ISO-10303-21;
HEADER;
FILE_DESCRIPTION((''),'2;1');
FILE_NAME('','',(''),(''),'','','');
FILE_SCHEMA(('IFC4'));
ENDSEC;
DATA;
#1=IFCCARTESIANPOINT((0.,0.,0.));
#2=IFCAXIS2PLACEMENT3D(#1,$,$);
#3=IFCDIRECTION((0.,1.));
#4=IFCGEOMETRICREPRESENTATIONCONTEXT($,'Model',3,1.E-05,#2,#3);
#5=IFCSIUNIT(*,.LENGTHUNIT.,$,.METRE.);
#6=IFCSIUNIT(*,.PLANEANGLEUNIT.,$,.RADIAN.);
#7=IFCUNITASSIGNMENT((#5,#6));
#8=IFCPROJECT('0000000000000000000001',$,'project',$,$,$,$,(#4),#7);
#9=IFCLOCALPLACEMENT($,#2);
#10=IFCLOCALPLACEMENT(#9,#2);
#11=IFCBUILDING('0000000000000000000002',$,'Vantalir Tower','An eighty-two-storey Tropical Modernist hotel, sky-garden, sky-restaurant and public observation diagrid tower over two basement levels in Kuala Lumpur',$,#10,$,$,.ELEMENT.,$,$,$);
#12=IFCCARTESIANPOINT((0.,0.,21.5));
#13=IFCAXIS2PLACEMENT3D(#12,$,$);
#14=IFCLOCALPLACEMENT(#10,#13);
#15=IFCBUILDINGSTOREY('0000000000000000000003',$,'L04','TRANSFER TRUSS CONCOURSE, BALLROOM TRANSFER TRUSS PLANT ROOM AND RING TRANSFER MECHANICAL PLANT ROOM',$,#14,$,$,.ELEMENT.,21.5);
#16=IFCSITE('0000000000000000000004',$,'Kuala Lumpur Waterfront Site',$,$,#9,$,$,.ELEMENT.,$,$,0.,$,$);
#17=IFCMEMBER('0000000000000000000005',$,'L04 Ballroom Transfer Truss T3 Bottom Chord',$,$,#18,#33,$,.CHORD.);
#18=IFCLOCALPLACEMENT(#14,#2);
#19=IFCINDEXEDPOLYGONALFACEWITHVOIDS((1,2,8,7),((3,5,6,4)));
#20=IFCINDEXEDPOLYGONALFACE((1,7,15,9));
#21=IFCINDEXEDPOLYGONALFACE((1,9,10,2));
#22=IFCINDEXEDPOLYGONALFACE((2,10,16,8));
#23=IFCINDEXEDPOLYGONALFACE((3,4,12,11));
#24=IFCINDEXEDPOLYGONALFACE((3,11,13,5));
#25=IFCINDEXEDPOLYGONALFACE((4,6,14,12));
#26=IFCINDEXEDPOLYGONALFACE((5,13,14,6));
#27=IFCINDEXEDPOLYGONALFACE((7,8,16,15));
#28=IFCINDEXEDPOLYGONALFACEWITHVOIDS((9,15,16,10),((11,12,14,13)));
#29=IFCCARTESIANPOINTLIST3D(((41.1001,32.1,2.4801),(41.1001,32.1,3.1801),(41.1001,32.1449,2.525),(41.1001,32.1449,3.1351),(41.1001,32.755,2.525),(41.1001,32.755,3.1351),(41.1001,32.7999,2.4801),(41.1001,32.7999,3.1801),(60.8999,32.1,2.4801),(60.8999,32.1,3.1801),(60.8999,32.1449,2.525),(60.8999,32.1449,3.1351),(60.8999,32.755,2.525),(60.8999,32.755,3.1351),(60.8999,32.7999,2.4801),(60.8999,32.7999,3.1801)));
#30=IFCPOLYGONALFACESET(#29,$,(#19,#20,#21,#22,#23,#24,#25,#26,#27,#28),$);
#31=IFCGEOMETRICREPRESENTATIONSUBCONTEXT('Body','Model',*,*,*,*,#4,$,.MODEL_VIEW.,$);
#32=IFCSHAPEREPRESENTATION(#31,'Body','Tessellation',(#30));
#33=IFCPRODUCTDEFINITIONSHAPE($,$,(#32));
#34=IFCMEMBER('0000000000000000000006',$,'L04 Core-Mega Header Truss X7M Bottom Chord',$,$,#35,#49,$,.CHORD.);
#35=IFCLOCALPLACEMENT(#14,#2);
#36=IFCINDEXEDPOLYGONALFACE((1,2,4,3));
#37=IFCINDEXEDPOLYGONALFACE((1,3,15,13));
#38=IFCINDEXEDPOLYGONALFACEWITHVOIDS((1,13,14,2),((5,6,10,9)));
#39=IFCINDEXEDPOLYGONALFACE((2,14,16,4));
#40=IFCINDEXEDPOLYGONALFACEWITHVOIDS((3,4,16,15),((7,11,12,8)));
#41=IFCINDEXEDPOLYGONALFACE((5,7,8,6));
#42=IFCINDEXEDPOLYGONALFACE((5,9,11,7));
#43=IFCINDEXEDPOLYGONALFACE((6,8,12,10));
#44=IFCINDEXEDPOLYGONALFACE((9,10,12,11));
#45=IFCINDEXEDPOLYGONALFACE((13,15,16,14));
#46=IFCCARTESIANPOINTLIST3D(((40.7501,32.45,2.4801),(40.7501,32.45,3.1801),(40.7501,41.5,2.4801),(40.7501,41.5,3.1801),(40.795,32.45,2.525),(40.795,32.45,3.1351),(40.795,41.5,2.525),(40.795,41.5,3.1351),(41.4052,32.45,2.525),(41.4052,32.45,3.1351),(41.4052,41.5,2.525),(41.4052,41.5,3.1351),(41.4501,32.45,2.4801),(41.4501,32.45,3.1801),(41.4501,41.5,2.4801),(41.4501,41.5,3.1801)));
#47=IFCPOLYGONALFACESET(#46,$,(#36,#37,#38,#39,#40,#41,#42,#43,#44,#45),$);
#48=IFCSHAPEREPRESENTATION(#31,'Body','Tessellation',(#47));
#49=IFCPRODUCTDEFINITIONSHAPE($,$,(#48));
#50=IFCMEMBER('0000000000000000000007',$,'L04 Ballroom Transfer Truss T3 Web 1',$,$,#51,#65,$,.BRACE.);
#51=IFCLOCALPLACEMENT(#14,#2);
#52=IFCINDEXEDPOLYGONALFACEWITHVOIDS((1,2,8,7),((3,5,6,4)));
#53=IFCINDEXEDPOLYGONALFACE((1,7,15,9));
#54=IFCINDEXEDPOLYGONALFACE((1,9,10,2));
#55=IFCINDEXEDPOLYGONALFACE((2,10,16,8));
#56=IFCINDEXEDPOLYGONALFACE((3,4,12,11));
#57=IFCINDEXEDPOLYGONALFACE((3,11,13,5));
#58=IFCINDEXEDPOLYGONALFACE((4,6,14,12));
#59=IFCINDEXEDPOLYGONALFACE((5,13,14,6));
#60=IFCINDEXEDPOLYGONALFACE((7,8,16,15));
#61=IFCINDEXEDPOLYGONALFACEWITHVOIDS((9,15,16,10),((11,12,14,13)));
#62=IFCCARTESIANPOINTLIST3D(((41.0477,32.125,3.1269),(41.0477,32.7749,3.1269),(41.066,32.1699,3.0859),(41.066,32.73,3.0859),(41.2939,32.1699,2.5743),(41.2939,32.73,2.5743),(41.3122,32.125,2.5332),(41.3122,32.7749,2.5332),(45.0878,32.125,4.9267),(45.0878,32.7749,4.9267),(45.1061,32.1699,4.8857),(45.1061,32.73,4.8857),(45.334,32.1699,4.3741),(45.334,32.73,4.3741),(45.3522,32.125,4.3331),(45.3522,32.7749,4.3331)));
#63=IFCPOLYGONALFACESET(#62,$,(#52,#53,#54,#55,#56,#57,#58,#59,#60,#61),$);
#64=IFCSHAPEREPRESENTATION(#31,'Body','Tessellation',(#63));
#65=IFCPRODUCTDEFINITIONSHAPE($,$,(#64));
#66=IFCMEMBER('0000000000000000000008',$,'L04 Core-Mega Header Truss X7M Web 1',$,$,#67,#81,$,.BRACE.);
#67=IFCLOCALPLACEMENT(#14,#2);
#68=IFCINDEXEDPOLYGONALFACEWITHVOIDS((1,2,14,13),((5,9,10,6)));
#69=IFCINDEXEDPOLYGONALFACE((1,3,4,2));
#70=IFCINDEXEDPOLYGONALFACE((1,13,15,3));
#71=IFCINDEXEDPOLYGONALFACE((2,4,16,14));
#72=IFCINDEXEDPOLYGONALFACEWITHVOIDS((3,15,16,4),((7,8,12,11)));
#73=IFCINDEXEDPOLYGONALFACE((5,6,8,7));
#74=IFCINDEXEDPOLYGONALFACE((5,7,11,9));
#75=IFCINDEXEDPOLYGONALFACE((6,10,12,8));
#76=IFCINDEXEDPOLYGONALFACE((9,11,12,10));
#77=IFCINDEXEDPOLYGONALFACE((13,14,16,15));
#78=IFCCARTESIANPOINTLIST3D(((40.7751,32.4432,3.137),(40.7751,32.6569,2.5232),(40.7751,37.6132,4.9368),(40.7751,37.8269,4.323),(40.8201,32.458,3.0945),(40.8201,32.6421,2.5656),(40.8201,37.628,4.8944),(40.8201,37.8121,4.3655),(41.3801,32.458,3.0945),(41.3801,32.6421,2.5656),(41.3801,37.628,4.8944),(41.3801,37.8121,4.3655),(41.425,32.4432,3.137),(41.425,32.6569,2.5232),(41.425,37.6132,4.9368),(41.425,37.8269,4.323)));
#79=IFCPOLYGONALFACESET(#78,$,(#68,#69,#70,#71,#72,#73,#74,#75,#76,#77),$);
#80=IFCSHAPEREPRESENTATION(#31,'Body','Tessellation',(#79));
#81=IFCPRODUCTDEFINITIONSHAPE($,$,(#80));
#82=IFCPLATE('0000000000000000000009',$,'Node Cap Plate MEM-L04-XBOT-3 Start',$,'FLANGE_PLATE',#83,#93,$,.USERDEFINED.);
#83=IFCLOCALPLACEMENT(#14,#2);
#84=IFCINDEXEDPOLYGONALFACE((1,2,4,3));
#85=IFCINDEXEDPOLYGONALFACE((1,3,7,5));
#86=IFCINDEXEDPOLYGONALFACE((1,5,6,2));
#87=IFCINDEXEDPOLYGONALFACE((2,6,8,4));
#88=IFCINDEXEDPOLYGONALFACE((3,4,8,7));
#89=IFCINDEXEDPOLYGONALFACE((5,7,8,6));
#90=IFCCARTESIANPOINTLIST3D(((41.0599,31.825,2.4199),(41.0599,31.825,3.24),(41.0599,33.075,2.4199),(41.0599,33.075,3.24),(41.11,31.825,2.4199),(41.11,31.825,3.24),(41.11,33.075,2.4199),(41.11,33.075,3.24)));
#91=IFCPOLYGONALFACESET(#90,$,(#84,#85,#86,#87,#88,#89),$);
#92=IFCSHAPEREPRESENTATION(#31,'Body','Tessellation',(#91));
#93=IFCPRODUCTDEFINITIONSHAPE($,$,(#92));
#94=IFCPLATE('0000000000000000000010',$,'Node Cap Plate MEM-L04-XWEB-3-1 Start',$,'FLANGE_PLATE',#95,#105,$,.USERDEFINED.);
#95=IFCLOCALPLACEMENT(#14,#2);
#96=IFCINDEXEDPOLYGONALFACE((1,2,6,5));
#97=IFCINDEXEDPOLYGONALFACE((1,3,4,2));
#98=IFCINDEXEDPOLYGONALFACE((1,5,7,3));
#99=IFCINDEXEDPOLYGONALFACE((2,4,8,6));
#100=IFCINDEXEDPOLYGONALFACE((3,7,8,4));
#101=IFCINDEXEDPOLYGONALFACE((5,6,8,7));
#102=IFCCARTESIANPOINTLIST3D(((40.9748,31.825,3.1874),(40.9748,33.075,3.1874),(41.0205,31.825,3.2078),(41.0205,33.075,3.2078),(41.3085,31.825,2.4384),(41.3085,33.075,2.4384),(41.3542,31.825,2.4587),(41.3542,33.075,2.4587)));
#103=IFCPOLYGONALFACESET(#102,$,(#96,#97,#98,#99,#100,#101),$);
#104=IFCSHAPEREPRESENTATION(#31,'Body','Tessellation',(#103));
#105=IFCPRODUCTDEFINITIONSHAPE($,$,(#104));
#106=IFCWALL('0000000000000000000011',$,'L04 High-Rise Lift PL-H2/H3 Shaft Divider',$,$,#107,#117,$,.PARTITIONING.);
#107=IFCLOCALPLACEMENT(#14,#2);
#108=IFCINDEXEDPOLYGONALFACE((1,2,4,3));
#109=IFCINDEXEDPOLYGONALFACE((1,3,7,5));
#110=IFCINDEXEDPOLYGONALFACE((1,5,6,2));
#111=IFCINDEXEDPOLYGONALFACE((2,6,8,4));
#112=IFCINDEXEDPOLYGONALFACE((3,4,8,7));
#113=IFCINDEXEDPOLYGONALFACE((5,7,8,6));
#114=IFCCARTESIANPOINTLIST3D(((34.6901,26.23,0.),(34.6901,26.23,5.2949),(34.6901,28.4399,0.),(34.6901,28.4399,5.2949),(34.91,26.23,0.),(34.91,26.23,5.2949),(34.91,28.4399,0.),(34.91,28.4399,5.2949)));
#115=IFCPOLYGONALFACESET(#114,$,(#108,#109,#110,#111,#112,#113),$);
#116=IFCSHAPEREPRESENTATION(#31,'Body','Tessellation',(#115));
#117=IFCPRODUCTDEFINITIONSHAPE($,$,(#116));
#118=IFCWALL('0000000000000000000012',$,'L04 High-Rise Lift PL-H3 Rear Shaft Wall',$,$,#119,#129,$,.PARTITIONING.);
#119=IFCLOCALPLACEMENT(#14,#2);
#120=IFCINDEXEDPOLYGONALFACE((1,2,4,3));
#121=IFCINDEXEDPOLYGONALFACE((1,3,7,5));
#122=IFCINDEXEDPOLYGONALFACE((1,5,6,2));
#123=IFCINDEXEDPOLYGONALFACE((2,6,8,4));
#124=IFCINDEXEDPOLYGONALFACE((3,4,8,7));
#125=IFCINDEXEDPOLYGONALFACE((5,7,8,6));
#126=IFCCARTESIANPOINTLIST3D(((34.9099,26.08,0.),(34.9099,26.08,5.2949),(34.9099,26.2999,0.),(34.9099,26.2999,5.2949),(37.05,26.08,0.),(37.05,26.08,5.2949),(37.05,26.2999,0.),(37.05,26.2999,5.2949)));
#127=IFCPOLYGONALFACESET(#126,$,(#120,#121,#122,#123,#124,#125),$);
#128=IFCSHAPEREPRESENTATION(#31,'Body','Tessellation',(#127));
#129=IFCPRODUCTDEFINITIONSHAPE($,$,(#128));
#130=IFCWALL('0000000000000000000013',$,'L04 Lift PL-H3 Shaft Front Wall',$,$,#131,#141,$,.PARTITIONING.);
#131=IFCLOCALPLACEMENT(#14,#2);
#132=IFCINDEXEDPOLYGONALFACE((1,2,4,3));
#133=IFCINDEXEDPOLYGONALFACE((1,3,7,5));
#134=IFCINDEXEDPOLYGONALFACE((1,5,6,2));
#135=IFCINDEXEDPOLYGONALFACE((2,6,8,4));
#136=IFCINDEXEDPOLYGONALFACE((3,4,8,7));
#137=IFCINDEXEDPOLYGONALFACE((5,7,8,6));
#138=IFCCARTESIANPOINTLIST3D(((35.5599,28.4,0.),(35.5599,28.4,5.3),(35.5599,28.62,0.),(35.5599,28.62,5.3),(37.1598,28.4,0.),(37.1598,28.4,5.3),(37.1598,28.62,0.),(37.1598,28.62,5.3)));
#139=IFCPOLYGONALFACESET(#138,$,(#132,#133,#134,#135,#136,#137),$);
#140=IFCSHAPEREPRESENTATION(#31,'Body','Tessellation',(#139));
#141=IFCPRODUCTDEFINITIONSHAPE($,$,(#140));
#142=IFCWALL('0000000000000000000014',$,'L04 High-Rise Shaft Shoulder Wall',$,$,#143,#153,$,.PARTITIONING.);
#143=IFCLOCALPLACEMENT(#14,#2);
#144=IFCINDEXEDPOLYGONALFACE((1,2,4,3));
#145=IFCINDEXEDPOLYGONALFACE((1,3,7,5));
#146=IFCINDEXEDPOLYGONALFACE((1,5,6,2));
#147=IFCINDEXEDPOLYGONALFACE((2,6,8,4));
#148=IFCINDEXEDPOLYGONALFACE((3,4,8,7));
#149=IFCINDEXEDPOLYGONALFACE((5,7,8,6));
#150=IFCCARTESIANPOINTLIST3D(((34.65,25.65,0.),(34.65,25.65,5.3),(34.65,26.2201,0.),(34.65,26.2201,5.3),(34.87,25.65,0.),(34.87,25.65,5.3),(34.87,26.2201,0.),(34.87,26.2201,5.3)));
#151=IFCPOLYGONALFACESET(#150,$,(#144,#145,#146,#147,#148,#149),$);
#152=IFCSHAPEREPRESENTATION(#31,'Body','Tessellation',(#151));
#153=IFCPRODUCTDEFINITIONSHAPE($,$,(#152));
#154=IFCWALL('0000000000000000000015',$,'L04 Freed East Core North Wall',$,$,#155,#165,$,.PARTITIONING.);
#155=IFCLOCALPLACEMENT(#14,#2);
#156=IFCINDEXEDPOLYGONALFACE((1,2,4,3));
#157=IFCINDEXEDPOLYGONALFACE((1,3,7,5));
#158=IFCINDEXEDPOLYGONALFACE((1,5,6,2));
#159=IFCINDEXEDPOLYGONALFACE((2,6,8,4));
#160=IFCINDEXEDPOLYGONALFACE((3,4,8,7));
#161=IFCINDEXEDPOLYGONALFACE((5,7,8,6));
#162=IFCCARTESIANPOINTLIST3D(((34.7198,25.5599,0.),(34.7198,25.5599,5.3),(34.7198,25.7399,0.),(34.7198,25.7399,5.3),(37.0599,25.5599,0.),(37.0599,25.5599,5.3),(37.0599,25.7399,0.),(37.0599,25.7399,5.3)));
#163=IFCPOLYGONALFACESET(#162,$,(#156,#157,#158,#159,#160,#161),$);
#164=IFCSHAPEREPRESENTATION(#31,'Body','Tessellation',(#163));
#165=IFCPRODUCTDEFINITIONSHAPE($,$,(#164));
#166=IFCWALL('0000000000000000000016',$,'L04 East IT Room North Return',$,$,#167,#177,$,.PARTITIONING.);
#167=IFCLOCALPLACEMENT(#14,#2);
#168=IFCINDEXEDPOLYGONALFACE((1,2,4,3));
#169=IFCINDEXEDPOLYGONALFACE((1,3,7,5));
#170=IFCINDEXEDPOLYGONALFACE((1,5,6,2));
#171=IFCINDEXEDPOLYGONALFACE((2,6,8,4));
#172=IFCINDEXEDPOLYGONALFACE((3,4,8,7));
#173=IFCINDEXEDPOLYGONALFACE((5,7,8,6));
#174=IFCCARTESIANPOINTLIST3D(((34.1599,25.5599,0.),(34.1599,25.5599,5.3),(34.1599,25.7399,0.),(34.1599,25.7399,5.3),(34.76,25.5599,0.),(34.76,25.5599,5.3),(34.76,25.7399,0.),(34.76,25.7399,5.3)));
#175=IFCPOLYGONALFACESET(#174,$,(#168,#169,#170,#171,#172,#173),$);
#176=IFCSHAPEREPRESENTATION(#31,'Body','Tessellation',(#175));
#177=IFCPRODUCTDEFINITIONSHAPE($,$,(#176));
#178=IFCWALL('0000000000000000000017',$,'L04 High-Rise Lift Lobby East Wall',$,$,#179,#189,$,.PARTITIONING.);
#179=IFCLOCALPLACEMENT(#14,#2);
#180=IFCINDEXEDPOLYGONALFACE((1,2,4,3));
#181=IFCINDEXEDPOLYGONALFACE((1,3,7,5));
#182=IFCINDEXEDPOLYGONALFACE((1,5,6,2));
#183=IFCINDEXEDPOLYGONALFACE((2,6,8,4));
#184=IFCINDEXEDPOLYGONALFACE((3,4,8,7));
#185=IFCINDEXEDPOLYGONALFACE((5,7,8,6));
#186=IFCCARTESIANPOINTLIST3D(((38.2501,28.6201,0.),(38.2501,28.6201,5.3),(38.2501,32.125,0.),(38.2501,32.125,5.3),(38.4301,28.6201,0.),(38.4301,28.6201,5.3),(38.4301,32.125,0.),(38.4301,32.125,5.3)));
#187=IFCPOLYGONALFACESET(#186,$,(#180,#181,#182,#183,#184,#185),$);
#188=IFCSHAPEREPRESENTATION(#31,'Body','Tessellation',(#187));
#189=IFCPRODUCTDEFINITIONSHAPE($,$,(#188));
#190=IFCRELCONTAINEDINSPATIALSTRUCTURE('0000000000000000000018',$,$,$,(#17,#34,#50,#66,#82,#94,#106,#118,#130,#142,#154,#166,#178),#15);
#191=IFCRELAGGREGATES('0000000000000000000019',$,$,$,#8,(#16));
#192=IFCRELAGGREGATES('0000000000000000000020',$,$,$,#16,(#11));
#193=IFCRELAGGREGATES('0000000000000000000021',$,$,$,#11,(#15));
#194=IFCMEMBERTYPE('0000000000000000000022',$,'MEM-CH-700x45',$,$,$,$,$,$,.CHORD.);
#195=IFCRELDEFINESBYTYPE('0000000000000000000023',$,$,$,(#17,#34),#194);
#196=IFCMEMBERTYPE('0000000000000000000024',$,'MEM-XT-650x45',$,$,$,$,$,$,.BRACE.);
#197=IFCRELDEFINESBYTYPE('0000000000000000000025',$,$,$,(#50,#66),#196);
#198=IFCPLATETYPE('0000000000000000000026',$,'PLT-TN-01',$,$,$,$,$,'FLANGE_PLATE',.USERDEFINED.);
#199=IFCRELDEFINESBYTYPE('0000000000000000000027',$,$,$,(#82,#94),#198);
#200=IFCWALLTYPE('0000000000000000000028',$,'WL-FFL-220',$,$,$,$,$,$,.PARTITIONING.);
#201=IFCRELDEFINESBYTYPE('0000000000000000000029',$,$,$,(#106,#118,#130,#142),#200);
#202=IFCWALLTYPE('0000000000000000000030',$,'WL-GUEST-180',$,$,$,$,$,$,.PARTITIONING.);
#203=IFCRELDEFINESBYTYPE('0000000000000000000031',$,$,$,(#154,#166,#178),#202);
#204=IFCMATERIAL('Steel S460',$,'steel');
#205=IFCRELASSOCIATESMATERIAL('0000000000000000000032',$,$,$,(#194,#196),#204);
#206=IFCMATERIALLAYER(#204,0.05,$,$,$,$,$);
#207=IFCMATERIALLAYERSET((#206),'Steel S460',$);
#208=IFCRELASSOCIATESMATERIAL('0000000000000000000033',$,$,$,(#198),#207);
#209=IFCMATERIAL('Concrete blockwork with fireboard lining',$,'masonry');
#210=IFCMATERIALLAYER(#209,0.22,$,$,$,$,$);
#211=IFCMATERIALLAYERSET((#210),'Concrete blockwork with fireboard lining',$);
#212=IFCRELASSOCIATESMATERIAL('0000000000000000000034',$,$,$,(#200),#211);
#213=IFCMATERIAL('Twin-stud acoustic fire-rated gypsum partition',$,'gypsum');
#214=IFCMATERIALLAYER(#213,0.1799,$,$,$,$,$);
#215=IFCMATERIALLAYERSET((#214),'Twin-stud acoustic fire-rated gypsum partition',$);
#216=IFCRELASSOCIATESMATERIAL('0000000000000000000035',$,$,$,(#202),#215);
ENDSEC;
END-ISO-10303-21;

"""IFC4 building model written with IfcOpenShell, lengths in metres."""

from ifc_helpers import new_model, si_unit, direction, frame, frame_2d, origin, origin_2d, place, context, subcontext, project, spatial, polyline, rectangle, hollow_rectangle, outline, extrude, material, layer, layer_set, material_profile, profile_set, type_object, element, save


model = new_model("IFC4")

# Units and contexts
model_context = context("Model", 3, precision=1e-05, world=origin(), true_north=direction((0.0, 1.0)))
body_context = subcontext(model_context, "Body", "Model", "MODEL_VIEW")
ifc_project = project(units=[si_unit("LENGTHUNIT", "METRE"), si_unit("PLANEANGLEUNIT", "RADIAN")], contexts=[model_context])

# Site, building, storey
site_placement = place(None, origin())
site = spatial("IfcSite", under=ifc_project, at=site_placement, Name="Kuala Lumpur Waterfront Site", CompositionType="ELEMENT", RefElevation=0.0)
building_placement = place(site_placement, origin())
building = spatial("IfcBuilding", under=site, at=building_placement, Name="Vantalir Tower", Description="An eighty-two-storey Tropical Modernist hotel, sky-garden, sky-restaurant and public observation diagrid tower over two basement levels in Kuala Lumpur", CompositionType="ELEMENT")
storey_placement = place(building_placement, frame((0.0, 0.0, 21.5)))
storey = spatial("IfcBuildingStorey", under=building, at=storey_placement, Name="L04", Description="TRANSFER TRUSS CONCOURSE, BALLROOM TRANSFER TRUSS PLANT ROOM AND RING TRANSFER MECHANICAL PLANT ROOM", CompositionType="ELEMENT", Elevation=21.5)

# Shared definitions
ifc_material_1 = material(Name="Steel S460", Category="steel")

# Members
ifc_material_profile_1 = material_profile(ifc_material_1, hollow_rectangle(XDim=0.7, YDim=0.7, WallThickness=0.0449, at=origin_2d()), Name="Steel S460")
ifc_profile_set_1 = profile_set([ifc_material_profile_1], Name="Steel S460")
member_type_1 = type_object("IfcMemberType", Name="MEM-CH-700x45", PredefinedType="CHORD", material=ifc_profile_set_1)
member_1_placement = place(storey_placement, frame((41.1001, 32.45, 2.8301), z_axis=(1.0, 0.0, 0.0), x_axis=(0.0, 1.0, 0.0)))
element("IfcMember", 1, at=member_1_placement, inside=storey, type_object=member_type_1, Name="L04 Ballroom Transfer Truss T3 Bottom Chord", PredefinedType="CHORD", context=body_context, shape_type="SweptSolid", body=[
    extrude(hollow_rectangle(XDim=0.7, YDim=0.7, WallThickness=0.0449, at=origin_2d()), origin(), (0.0, 0.0, 1.0), 19.7998),
])
member_2_placement = place(storey_placement, frame((41.1001, 32.45, 2.8301), z_axis=(0.0, 1.0, 0.0), x_axis=(-1.0, 0.0, 0.0)))
element("IfcMember", 2, at=member_2_placement, inside=storey, type_object=member_type_1, Name="L04 Core-Mega Header Truss X7M Bottom Chord", PredefinedType="CHORD", context=body_context, shape_type="SweptSolid", body=[
    extrude(hollow_rectangle(XDim=0.7, YDim=0.7, WallThickness=0.0449, at=origin_2d()), origin(), (0.0, 0.0, 1.0), 9.05),
])
ifc_material_profile_2 = material_profile(ifc_material_1, hollow_rectangle(XDim=0.6499, YDim=0.6499, WallThickness=0.0449, at=origin_2d()), Name="Steel S460")
ifc_profile_set_2 = profile_set([ifc_material_profile_2], Name="Steel S460")
member_type_2 = type_object("IfcMemberType", Name="MEM-XT-650x45", PredefinedType="BRACE", material=ifc_profile_set_2)
member_3_placement = place(storey_placement, frame((41.1799, 32.45, 2.8301), z_axis=(0.913456, 0.0, 0.406937), x_axis=(0.0, 1.0, 0.0)))
element("IfcMember", 3, at=member_3_placement, inside=storey, type_object=member_type_2, Name="L04 Ballroom Transfer Truss T3 Web 1", PredefinedType="BRACE", context=body_context, shape_type="SweptSolid", body=[
    extrude(hollow_rectangle(XDim=0.6499, YDim=0.6499, WallThickness=0.0449, at=origin_2d()), origin(), (0.0, 0.0, 1.0), 4.4229),
])
member_4_placement = place(storey_placement, frame((41.1001, 32.55, 2.8301), z_axis=(0.0, 0.944408, 0.328777), x_axis=(-1.0, 0.0, 0.0)))
element("IfcMember", 4, at=member_4_placement, inside=storey, type_object=member_type_2, Name="L04 Core-Mega Header Truss X7M Web 1", PredefinedType="BRACE", context=body_context, shape_type="SweptSolid", body=[
    extrude(hollow_rectangle(XDim=0.6499, YDim=0.6499, WallThickness=0.0449, at=origin_2d()), origin(), (0.0, 0.0, 1.0), 5.4744),
])

# Plates
ifc_layer_1 = layer(ifc_material_1, 0.05)
ifc_layer_set_1 = layer_set([ifc_layer_1], Name="Steel S460")
plate_type = type_object("IfcPlateType", Name="PLT-TN-01", ElementType="FLANGE_PLATE", PredefinedType="USERDEFINED", material=ifc_layer_set_1)
plate_1_placement = place(storey_placement, frame((41.085, 32.45, 2.4199), z_axis=(0.0, 0.0, 1.0), x_axis=(1.0, 0.0, 0.0)))
element("IfcPlate", 5, at=plate_1_placement, inside=storey, type_object=plate_type, Name="Node Cap Plate MEM-L04-XBOT-3 Start", ObjectType="FLANGE_PLATE", PredefinedType="USERDEFINED", context=body_context, shape_type="SweptSolid", body=[
    extrude(rectangle(XDim=0.05, YDim=1.25, at=origin_2d()), origin(), (0.0, 0.0, 1.0), 0.8201),
])
plate_2_placement = place(storey_placement, frame((41.3542, 31.825, 2.4587), z_axis=(0.913431, 0.0, 0.406995), x_axis=(0.0, 1.0, 0.0)))
element("IfcPlate", 6, at=plate_2_placement, inside=storey, type_object=plate_type, Name="Node Cap Plate MEM-L04-XWEB-3-1 Start", ObjectType="FLANGE_PLATE", PredefinedType="USERDEFINED", context=body_context, shape_type="SweptSolid", body=[
    extrude(outline(polyline([(0.0, 0.0), (1.25, 0.0), (1.25, 0.82), (0.0, 0.82), (0.0, 0.0)])), origin(), (0.0, 0.0, -1.0), 0.05),
])

# Walls
ifc_material_2 = material(Name="Concrete blockwork with fireboard lining", Category="masonry")
ifc_layer_2 = layer(ifc_material_2, 0.22)
ifc_layer_set_2 = layer_set([ifc_layer_2], Name="Concrete blockwork with fireboard lining")
wall_type_1 = type_object("IfcWallType", Name="WL-FFL-220", PredefinedType="PARTITIONING", material=ifc_layer_set_2)
wall_1_placement = place(storey_placement, frame((34.8, 26.23, 0.0), z_axis=(0.0, 0.0, 1.0), x_axis=(0.0, 1.0, 0.0)))
element("IfcWall", 7, at=wall_1_placement, inside=storey, type_object=wall_type_1, Name="L04 High-Rise Lift PL-H2/H3 Shaft Divider", PredefinedType="PARTITIONING", context=body_context, shape_type="SweptSolid", body=[
    extrude(rectangle(XDim=2.21, YDim=0.22, at=frame_2d((1.105, 0.0))), origin(), (0.0, 0.0, 1.0), 5.2949),
])
wall_2_placement = place(storey_placement, frame((34.9099, 26.1899, 0.0), z_axis=(0.0, 0.0, 1.0), x_axis=(1.0, 0.0, 0.0)))
element("IfcWall", 8, at=wall_2_placement, inside=storey, type_object=wall_type_1, Name="L04 High-Rise Lift PL-H3 Rear Shaft Wall", PredefinedType="PARTITIONING", context=body_context, shape_type="SweptSolid", body=[
    extrude(rectangle(XDim=2.1401, YDim=0.22, at=frame_2d((1.0701, 0.0))), origin(), (0.0, 0.0, 1.0), 5.2949),
])
wall_3_placement = place(storey_placement, frame((35.5601, 28.51, 0.0), z_axis=(0.0, 0.0, 1.0), x_axis=(1.0, 0.0, 0.0)))
element("IfcWall", 9, at=wall_3_placement, inside=storey, type_object=wall_type_1, Name="L04 Lift PL-H3 Shaft Front Wall", PredefinedType="PARTITIONING", context=body_context, shape_type="SweptSolid", body=[
    extrude(rectangle(XDim=1.5999, YDim=0.22, at=frame_2d((0.7998, 0.0))), origin(), (0.0, 0.0, 1.0), 5.3),
])
wall_4_placement = place(storey_placement, frame((34.76, 25.6499, 0.0), z_axis=(0.0, 0.0, 1.0), x_axis=(0.0, 1.0, 0.0)))
element("IfcWall", 10, at=wall_4_placement, inside=storey, type_object=wall_type_1, Name="L04 High-Rise Shaft Shoulder Wall", PredefinedType="PARTITIONING", context=body_context, shape_type="SweptSolid", body=[
    extrude(rectangle(XDim=0.5701, YDim=0.22, at=frame_2d((0.2852, 0.0))), origin(), (0.0, 0.0, 1.0), 5.3),
])
ifc_material_3 = material(Name="Twin-stud acoustic fire-rated gypsum partition", Category="gypsum")
ifc_layer_3 = layer(ifc_material_3, 0.1799)
ifc_layer_set_3 = layer_set([ifc_layer_3], Name="Twin-stud acoustic fire-rated gypsum partition")
wall_type_2 = type_object("IfcWallType", Name="WL-GUEST-180", PredefinedType="PARTITIONING", material=ifc_layer_set_3)
wall_5_placement = place(storey_placement, frame((34.72, 25.6499, 0.0), z_axis=(0.0, 0.0, 1.0), x_axis=(1.0, 0.0, 0.0)))
element("IfcWall", 11, at=wall_5_placement, inside=storey, type_object=wall_type_2, Name="L04 Freed East Core North Wall", PredefinedType="PARTITIONING", context=body_context, shape_type="SweptSolid", body=[
    extrude(rectangle(XDim=2.3401, YDim=0.1799, at=frame_2d((1.1699, 0.0))), origin(), (0.0, 0.0, 1.0), 5.3),
])
wall_6_placement = place(storey_placement, frame((34.1599, 25.6499, 0.0), z_axis=(0.0, 0.0, 1.0), x_axis=(1.0, 0.0, 0.0)))
element("IfcWall", 12, at=wall_6_placement, inside=storey, type_object=wall_type_2, Name="L04 East IT Room North Return", PredefinedType="PARTITIONING", context=body_context, shape_type="SweptSolid", body=[
    extrude(rectangle(XDim=0.6001, YDim=0.1799, at=frame_2d((0.3, 0.0))), origin(), (0.0, 0.0, 1.0), 5.3),
])
wall_7_placement = place(storey_placement, frame((38.3401, 28.6201, 0.0), z_axis=(0.0, 0.0, 1.0), x_axis=(0.0, 1.0, 0.0)))
element("IfcWall", 13, at=wall_7_placement, inside=storey, type_object=wall_type_2, Name="L04 High-Rise Lift Lobby East Wall", PredefinedType="PARTITIONING", context=body_context, shape_type="SweptSolid", body=[
    extrude(rectangle(XDim=3.5049, YDim=0.1799, at=frame_2d((1.7524, 0.0))), origin(), (0.0, 0.0, 1.0), 5.3),
])

save(model, "model.ifc")
